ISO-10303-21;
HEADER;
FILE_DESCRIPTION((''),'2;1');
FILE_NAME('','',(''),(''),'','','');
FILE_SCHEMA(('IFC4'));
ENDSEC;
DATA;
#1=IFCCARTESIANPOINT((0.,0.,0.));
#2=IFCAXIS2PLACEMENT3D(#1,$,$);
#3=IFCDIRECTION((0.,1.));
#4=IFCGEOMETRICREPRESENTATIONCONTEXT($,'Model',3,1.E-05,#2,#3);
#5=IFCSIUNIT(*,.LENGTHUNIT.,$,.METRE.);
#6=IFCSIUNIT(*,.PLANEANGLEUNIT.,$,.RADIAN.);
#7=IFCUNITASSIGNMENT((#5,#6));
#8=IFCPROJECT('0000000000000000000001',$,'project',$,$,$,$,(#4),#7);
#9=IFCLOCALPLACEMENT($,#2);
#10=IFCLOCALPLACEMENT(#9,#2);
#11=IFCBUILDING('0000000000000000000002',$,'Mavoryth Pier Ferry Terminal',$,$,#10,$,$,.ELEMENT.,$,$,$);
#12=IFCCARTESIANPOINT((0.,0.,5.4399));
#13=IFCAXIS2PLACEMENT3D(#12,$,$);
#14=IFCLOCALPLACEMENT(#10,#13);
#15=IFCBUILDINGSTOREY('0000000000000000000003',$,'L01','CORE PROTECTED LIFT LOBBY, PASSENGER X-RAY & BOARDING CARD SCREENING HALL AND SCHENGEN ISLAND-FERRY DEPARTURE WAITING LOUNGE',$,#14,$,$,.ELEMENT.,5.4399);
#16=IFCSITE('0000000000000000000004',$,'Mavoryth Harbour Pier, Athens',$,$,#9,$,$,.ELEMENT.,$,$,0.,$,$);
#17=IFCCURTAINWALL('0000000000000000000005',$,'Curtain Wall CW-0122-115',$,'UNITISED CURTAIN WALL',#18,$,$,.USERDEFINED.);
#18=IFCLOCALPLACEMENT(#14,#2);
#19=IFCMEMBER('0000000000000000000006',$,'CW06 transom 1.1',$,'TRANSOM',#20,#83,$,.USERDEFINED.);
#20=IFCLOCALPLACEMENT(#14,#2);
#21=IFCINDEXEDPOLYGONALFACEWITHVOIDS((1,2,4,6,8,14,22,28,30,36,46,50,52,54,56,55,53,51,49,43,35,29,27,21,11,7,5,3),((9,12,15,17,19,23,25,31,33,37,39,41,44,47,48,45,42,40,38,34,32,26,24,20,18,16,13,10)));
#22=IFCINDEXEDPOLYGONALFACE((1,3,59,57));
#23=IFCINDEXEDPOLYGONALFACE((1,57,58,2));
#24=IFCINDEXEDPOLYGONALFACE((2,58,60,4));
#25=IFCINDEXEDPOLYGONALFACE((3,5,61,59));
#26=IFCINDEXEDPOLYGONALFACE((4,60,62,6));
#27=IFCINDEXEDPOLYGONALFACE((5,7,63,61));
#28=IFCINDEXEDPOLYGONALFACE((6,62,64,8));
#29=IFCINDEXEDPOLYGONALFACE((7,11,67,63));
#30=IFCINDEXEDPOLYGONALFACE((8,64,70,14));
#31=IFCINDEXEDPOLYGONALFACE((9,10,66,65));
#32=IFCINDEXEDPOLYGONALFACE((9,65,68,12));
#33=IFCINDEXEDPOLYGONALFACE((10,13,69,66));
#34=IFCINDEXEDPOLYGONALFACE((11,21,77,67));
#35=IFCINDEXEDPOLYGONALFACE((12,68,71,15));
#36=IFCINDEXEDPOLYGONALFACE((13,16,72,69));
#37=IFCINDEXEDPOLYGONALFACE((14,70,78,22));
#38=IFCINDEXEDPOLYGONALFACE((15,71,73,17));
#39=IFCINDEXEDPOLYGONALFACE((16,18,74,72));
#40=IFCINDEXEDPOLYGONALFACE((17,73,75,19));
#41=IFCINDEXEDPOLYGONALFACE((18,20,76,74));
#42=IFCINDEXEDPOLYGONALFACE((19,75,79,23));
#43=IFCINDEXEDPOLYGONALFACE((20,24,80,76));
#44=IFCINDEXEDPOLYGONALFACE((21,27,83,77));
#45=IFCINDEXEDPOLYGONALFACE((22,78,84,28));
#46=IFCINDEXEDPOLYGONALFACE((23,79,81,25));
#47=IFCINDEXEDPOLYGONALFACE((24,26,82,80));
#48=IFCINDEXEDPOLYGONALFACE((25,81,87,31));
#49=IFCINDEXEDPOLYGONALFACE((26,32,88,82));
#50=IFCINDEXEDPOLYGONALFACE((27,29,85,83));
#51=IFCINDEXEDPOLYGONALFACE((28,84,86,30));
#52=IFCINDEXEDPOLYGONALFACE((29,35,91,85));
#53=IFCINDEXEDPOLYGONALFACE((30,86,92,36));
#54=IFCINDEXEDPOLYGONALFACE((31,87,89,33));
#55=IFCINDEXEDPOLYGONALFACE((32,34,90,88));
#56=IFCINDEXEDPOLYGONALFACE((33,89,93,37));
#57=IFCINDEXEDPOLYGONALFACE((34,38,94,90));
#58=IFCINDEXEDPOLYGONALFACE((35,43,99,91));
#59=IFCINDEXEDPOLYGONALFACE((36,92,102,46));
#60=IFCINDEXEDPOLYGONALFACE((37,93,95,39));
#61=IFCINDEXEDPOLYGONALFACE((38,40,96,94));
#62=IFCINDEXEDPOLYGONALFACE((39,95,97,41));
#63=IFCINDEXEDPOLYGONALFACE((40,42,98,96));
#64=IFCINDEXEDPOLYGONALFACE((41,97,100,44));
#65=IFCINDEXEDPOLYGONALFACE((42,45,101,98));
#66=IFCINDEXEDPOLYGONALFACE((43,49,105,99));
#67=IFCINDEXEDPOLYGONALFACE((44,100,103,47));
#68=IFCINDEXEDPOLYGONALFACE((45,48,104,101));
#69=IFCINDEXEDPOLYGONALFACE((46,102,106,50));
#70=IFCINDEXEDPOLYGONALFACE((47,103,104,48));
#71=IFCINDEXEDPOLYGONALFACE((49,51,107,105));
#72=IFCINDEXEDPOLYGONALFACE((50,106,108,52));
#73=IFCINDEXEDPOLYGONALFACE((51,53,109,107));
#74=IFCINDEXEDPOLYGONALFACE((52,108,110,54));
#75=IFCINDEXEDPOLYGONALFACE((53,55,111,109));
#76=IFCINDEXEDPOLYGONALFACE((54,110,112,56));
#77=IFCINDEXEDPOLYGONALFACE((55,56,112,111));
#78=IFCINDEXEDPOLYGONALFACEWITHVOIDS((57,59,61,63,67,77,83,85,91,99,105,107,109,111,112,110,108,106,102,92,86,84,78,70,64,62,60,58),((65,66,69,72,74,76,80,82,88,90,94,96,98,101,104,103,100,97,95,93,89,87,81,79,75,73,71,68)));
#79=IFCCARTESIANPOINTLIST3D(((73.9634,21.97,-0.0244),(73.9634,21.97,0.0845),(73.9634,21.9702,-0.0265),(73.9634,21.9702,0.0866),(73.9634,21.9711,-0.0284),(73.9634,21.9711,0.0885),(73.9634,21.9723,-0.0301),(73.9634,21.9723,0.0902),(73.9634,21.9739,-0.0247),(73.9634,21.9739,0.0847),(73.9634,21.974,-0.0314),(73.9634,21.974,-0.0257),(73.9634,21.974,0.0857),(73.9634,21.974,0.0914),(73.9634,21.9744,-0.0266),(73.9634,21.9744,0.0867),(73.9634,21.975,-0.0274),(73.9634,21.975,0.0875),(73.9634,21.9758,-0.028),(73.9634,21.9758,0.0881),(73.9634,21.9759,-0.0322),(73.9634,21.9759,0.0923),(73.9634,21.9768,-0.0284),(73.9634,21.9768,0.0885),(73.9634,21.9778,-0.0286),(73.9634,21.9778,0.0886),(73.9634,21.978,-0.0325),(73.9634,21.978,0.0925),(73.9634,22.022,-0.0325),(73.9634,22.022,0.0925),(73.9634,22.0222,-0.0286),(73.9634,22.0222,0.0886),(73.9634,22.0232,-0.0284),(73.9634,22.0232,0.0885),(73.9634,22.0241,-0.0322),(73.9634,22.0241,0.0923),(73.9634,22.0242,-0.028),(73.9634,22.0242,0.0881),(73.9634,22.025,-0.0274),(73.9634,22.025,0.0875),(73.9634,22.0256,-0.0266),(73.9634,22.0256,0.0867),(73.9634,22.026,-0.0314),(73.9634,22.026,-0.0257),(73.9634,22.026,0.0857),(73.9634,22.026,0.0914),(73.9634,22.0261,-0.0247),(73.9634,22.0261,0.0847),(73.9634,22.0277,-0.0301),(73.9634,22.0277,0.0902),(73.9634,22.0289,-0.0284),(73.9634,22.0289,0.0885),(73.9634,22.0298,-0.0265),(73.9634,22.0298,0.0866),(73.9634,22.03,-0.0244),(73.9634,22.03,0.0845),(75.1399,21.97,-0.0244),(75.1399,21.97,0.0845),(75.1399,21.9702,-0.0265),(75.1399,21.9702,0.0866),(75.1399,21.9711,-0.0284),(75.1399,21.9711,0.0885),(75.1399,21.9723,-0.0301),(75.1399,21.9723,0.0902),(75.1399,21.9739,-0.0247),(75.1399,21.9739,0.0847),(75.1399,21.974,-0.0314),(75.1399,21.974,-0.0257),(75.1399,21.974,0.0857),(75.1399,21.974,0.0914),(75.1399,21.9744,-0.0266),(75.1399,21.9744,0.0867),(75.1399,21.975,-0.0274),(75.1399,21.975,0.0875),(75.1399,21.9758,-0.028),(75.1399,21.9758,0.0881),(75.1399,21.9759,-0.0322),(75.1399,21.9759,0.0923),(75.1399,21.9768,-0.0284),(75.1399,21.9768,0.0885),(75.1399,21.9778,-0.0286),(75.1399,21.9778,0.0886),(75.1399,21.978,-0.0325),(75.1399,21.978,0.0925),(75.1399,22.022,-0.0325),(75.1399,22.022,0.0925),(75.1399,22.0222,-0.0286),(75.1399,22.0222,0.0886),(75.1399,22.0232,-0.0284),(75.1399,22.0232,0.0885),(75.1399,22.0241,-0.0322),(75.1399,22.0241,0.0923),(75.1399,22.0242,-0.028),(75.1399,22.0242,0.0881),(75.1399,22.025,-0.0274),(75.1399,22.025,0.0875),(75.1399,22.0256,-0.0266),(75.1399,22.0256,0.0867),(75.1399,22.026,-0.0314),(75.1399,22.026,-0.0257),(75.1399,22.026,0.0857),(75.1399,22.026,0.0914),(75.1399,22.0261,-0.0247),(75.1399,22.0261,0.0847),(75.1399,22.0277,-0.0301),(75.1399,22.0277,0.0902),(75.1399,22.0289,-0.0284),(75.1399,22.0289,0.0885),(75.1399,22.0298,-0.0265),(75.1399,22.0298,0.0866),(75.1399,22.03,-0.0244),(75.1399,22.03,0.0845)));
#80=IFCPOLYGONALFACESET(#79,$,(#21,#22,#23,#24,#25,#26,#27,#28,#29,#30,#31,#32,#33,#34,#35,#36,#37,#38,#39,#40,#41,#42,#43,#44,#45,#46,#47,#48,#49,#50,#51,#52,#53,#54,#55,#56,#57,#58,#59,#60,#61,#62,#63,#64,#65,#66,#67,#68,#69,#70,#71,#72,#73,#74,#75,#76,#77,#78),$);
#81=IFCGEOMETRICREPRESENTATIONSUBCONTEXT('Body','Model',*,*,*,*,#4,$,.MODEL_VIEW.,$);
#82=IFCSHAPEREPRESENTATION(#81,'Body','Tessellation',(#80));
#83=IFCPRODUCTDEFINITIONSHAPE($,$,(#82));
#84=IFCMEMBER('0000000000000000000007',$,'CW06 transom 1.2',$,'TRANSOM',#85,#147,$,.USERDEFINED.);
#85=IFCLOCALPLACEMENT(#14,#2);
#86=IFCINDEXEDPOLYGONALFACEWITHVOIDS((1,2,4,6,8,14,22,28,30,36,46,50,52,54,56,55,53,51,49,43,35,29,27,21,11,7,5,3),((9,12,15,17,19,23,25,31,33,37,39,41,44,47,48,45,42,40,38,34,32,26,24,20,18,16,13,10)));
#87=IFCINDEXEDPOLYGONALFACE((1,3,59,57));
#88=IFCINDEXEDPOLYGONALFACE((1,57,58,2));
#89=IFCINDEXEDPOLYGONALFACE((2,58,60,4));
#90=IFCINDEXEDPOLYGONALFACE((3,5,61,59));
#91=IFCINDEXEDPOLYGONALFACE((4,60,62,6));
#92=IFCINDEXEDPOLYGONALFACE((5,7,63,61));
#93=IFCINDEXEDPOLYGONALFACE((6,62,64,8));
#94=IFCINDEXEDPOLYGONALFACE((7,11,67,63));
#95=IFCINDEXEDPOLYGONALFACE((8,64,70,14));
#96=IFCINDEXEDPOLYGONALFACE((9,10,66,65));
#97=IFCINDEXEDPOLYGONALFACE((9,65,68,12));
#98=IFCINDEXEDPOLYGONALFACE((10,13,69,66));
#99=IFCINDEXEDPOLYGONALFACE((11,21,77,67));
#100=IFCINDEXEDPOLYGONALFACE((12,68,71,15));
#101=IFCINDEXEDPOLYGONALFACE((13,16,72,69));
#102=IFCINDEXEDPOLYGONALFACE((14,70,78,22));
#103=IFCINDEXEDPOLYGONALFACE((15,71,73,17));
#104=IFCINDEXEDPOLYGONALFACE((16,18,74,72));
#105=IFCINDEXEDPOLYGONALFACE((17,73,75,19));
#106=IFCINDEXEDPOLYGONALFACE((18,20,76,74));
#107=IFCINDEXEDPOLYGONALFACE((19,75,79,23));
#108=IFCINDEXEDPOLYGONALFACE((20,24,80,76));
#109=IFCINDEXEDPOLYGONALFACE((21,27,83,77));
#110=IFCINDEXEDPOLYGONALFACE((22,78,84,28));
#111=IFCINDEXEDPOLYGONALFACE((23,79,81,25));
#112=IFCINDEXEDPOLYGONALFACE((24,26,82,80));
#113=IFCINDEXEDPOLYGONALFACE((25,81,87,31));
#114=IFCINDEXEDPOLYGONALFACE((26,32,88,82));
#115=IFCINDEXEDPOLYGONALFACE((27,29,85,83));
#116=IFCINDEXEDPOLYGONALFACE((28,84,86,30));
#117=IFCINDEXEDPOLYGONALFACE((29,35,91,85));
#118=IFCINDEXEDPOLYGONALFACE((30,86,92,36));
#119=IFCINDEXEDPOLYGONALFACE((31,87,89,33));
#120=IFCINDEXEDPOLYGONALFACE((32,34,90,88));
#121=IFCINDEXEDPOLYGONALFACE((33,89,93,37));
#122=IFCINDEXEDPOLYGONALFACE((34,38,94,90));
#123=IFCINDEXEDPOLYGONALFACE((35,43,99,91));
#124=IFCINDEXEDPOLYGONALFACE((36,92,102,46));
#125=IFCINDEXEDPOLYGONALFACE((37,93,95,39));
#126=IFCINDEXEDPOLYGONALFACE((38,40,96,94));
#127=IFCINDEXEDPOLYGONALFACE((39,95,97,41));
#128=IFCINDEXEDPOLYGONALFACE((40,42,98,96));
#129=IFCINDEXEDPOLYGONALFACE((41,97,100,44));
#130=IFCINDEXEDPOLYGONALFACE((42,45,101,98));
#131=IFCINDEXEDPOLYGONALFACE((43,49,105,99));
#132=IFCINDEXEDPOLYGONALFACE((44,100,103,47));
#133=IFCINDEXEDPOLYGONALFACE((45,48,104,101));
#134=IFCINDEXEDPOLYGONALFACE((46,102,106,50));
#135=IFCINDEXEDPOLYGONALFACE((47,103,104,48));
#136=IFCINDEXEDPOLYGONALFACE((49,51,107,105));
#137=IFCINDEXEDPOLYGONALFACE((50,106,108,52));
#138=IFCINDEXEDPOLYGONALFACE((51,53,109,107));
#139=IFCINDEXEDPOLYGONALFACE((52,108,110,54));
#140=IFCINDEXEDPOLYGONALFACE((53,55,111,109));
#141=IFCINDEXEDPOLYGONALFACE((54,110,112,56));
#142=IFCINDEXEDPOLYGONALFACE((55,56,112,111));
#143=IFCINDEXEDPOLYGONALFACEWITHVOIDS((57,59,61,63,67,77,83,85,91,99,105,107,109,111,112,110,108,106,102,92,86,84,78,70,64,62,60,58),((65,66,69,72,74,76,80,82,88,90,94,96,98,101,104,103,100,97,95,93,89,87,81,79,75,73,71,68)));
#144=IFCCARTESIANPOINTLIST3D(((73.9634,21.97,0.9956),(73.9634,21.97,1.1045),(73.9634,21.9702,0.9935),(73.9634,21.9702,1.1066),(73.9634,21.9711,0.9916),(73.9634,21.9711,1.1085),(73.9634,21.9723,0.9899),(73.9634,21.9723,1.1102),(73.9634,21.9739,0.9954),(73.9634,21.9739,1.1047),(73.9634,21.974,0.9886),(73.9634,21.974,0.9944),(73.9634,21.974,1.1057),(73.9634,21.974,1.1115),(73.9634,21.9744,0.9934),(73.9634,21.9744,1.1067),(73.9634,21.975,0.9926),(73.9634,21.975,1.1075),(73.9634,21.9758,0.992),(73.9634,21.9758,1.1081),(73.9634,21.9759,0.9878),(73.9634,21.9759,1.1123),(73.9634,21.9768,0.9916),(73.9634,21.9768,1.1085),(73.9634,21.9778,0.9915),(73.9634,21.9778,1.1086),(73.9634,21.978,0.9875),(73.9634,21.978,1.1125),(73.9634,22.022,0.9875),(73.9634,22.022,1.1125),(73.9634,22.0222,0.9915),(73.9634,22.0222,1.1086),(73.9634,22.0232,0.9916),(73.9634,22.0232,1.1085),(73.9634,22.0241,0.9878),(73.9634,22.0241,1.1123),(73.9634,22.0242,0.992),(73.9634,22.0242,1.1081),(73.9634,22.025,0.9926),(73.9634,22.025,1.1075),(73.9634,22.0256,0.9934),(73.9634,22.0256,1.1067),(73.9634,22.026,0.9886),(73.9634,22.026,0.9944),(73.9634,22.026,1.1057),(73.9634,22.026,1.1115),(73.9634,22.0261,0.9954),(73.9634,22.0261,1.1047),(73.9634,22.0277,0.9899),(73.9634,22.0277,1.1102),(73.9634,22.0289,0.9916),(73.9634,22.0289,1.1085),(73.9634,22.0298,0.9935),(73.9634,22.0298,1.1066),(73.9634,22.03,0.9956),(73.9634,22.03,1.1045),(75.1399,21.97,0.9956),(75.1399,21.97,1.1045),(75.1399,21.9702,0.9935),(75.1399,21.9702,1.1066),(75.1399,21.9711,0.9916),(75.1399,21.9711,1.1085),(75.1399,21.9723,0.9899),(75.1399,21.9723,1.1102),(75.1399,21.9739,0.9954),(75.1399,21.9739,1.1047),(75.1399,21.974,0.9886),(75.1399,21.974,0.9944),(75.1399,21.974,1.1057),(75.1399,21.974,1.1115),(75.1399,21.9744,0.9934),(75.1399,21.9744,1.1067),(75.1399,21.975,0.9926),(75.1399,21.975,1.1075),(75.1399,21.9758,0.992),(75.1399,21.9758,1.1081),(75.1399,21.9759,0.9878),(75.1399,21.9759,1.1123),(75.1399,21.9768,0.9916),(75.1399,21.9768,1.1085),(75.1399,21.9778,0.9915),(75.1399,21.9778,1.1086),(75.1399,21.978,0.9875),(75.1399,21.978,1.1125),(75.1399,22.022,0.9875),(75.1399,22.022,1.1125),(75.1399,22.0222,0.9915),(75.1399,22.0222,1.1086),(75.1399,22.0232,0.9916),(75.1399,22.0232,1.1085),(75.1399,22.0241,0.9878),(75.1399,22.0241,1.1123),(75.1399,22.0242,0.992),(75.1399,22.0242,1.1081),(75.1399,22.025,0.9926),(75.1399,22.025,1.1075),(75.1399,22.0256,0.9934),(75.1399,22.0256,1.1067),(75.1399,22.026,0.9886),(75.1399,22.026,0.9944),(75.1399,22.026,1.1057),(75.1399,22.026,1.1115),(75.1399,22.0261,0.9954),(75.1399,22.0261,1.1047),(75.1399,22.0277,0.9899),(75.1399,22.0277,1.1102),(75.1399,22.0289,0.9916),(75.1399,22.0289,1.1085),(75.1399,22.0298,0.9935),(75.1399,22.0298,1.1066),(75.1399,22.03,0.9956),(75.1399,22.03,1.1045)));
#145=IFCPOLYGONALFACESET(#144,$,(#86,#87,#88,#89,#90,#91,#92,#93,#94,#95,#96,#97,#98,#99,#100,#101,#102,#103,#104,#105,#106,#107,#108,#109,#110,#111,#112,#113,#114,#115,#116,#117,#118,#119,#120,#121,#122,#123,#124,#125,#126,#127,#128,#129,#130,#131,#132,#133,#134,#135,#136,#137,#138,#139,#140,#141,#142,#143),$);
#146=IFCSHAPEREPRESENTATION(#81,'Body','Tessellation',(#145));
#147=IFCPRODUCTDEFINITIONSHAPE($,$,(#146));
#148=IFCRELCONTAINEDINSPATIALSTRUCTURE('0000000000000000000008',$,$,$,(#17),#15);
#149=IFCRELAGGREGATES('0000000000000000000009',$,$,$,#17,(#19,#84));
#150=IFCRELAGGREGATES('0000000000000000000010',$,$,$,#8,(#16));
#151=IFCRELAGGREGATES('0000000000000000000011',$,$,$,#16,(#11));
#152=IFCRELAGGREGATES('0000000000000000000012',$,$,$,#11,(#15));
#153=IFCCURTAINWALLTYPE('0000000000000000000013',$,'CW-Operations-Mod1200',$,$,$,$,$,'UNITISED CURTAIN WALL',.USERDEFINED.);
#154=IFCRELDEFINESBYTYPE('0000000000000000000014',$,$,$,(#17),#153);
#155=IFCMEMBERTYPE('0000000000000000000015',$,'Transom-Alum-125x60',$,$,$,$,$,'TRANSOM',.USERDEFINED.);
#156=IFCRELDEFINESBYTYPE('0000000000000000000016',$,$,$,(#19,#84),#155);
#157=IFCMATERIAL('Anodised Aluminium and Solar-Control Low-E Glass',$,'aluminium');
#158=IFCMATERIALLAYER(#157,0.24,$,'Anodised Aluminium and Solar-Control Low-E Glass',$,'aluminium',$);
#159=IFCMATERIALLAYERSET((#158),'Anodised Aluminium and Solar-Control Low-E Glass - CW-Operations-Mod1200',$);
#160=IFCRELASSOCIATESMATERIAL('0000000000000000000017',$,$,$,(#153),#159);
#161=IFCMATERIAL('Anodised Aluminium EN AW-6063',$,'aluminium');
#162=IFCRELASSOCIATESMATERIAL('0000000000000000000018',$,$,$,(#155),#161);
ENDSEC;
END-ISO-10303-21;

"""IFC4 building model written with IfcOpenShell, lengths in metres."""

from ifc_helpers import new_model, si_unit, direction, frame, origin, origin_2d, place, context, subcontext, project, spatial, hollow_rectangle, extrude, material, layer, layer_set, material_profile, profile_set, type_object, element, aggregate, save


model = new_model("IFC4")

# Units and contexts
model_context = context("Model", 3, precision=1e-05, world=origin(), true_north=direction((0.0, 1.0)))
body_context = subcontext(model_context, "Body", "Model", "MODEL_VIEW")
ifc_project = project(units=[si_unit("LENGTHUNIT", "METRE"), si_unit("PLANEANGLEUNIT", "RADIAN")], contexts=[model_context])

# Site, building, storey
site_placement = place(None, origin())
site = spatial("IfcSite", under=ifc_project, at=site_placement, Name="Mavoryth Harbour Pier, Athens", CompositionType="ELEMENT", RefElevation=0.0)
building_placement = place(site_placement, origin())
building = spatial("IfcBuilding", under=site, at=building_placement, Name="Mavoryth Pier Ferry Terminal", CompositionType="ELEMENT")
storey_placement = place(building_placement, frame((0.0, 0.0, 5.4399)))
storey = spatial("IfcBuildingStorey", under=building, at=storey_placement, Name="L01", Description="CORE PROTECTED LIFT LOBBY, PASSENGER X-RAY & BOARDING CARD SCREENING HALL AND SCHENGEN ISLAND-FERRY DEPARTURE WAITING LOUNGE", CompositionType="ELEMENT", Elevation=5.4399)

# Curtain wall
ifc_material_1 = material(Name="Anodised Aluminium and Solar-Control Low-E Glass", Category="aluminium")
ifc_layer_1 = layer(ifc_material_1, 0.24, Name="Anodised Aluminium and Solar-Control Low-E Glass", Category="aluminium")
ifc_layer_set_1 = layer_set([ifc_layer_1], Name="Anodised Aluminium and Solar-Control Low-E Glass - CW-Operations-Mod1200")
curtain_wall_type = type_object("IfcCurtainWallType", Name="CW-Operations-Mod1200", ElementType="UNITISED CURTAIN WALL", PredefinedType="USERDEFINED", material=ifc_layer_set_1)
curtain_wall_1_placement = place(storey_placement, origin())
curtain_wall_1 = element("IfcCurtainWall", 1, at=curtain_wall_1_placement, inside=storey, type_object=curtain_wall_type, Name="Curtain Wall CW-0122-115", ObjectType="UNITISED CURTAIN WALL", PredefinedType="USERDEFINED")
ifc_material_2 = material(Name="Anodised Aluminium EN AW-6063", Category="aluminium")

# Members
ifc_material_profile_1 = material_profile(ifc_material_2, hollow_rectangle(XDim=0.0601, YDim=0.125, WallThickness=0.0039, InnerFilletRadius=0.0039, OuterFilletRadius=0.0081, at=origin_2d()), Name="AL-TRAN 125x60x4", Category="aluminium")
ifc_profile_set_1 = profile_set([ifc_material_profile_1], Name="Anodised Aluminium EN AW-6063 - AL-TRAN 125x60x4")
member_type_1 = type_object("IfcMemberType", Name="Transom-Alum-125x60", ElementType="TRANSOM", PredefinedType="USERDEFINED", material=ifc_profile_set_1)
member_1_placement = place(storey_placement, frame((75.1399, 22.0, 0.03), z_axis=(-1.0, 0.0, 0.0), x_axis=(0.0, -1.0, 0.0)))
member_1 = element("IfcMember", 2, at=member_1_placement, type_object=member_type_1, Name="CW06 transom 1.1", ObjectType="TRANSOM", PredefinedType="USERDEFINED", context=body_context, shape_type="SweptSolid", body=[
    extrude(hollow_rectangle(XDim=0.0601, YDim=0.125, WallThickness=0.0039, InnerFilletRadius=0.0039, OuterFilletRadius=0.0081, at=origin_2d()), origin(), (0.0, 0.0, 1.0), 1.1765),
])
member_2_placement = place(storey_placement, frame((75.1399, 22.0, 1.05), z_axis=(-1.0, 0.0, 0.0), x_axis=(0.0, -1.0, 0.0)))
member_2 = element("IfcMember", 3, at=member_2_placement, type_object=member_type_1, Name="CW06 transom 1.2", ObjectType="TRANSOM", PredefinedType="USERDEFINED", context=body_context, shape_type="SweptSolid", body=[
    extrude(hollow_rectangle(XDim=0.0601, YDim=0.125, WallThickness=0.0039, InnerFilletRadius=0.0039, OuterFilletRadius=0.0081, at=origin_2d()), origin(), (0.0, 0.0, 1.0), 1.1765),
])

aggregate(curtain_wall_1, [member_1, member_2])

save(model, "model.ifc")
